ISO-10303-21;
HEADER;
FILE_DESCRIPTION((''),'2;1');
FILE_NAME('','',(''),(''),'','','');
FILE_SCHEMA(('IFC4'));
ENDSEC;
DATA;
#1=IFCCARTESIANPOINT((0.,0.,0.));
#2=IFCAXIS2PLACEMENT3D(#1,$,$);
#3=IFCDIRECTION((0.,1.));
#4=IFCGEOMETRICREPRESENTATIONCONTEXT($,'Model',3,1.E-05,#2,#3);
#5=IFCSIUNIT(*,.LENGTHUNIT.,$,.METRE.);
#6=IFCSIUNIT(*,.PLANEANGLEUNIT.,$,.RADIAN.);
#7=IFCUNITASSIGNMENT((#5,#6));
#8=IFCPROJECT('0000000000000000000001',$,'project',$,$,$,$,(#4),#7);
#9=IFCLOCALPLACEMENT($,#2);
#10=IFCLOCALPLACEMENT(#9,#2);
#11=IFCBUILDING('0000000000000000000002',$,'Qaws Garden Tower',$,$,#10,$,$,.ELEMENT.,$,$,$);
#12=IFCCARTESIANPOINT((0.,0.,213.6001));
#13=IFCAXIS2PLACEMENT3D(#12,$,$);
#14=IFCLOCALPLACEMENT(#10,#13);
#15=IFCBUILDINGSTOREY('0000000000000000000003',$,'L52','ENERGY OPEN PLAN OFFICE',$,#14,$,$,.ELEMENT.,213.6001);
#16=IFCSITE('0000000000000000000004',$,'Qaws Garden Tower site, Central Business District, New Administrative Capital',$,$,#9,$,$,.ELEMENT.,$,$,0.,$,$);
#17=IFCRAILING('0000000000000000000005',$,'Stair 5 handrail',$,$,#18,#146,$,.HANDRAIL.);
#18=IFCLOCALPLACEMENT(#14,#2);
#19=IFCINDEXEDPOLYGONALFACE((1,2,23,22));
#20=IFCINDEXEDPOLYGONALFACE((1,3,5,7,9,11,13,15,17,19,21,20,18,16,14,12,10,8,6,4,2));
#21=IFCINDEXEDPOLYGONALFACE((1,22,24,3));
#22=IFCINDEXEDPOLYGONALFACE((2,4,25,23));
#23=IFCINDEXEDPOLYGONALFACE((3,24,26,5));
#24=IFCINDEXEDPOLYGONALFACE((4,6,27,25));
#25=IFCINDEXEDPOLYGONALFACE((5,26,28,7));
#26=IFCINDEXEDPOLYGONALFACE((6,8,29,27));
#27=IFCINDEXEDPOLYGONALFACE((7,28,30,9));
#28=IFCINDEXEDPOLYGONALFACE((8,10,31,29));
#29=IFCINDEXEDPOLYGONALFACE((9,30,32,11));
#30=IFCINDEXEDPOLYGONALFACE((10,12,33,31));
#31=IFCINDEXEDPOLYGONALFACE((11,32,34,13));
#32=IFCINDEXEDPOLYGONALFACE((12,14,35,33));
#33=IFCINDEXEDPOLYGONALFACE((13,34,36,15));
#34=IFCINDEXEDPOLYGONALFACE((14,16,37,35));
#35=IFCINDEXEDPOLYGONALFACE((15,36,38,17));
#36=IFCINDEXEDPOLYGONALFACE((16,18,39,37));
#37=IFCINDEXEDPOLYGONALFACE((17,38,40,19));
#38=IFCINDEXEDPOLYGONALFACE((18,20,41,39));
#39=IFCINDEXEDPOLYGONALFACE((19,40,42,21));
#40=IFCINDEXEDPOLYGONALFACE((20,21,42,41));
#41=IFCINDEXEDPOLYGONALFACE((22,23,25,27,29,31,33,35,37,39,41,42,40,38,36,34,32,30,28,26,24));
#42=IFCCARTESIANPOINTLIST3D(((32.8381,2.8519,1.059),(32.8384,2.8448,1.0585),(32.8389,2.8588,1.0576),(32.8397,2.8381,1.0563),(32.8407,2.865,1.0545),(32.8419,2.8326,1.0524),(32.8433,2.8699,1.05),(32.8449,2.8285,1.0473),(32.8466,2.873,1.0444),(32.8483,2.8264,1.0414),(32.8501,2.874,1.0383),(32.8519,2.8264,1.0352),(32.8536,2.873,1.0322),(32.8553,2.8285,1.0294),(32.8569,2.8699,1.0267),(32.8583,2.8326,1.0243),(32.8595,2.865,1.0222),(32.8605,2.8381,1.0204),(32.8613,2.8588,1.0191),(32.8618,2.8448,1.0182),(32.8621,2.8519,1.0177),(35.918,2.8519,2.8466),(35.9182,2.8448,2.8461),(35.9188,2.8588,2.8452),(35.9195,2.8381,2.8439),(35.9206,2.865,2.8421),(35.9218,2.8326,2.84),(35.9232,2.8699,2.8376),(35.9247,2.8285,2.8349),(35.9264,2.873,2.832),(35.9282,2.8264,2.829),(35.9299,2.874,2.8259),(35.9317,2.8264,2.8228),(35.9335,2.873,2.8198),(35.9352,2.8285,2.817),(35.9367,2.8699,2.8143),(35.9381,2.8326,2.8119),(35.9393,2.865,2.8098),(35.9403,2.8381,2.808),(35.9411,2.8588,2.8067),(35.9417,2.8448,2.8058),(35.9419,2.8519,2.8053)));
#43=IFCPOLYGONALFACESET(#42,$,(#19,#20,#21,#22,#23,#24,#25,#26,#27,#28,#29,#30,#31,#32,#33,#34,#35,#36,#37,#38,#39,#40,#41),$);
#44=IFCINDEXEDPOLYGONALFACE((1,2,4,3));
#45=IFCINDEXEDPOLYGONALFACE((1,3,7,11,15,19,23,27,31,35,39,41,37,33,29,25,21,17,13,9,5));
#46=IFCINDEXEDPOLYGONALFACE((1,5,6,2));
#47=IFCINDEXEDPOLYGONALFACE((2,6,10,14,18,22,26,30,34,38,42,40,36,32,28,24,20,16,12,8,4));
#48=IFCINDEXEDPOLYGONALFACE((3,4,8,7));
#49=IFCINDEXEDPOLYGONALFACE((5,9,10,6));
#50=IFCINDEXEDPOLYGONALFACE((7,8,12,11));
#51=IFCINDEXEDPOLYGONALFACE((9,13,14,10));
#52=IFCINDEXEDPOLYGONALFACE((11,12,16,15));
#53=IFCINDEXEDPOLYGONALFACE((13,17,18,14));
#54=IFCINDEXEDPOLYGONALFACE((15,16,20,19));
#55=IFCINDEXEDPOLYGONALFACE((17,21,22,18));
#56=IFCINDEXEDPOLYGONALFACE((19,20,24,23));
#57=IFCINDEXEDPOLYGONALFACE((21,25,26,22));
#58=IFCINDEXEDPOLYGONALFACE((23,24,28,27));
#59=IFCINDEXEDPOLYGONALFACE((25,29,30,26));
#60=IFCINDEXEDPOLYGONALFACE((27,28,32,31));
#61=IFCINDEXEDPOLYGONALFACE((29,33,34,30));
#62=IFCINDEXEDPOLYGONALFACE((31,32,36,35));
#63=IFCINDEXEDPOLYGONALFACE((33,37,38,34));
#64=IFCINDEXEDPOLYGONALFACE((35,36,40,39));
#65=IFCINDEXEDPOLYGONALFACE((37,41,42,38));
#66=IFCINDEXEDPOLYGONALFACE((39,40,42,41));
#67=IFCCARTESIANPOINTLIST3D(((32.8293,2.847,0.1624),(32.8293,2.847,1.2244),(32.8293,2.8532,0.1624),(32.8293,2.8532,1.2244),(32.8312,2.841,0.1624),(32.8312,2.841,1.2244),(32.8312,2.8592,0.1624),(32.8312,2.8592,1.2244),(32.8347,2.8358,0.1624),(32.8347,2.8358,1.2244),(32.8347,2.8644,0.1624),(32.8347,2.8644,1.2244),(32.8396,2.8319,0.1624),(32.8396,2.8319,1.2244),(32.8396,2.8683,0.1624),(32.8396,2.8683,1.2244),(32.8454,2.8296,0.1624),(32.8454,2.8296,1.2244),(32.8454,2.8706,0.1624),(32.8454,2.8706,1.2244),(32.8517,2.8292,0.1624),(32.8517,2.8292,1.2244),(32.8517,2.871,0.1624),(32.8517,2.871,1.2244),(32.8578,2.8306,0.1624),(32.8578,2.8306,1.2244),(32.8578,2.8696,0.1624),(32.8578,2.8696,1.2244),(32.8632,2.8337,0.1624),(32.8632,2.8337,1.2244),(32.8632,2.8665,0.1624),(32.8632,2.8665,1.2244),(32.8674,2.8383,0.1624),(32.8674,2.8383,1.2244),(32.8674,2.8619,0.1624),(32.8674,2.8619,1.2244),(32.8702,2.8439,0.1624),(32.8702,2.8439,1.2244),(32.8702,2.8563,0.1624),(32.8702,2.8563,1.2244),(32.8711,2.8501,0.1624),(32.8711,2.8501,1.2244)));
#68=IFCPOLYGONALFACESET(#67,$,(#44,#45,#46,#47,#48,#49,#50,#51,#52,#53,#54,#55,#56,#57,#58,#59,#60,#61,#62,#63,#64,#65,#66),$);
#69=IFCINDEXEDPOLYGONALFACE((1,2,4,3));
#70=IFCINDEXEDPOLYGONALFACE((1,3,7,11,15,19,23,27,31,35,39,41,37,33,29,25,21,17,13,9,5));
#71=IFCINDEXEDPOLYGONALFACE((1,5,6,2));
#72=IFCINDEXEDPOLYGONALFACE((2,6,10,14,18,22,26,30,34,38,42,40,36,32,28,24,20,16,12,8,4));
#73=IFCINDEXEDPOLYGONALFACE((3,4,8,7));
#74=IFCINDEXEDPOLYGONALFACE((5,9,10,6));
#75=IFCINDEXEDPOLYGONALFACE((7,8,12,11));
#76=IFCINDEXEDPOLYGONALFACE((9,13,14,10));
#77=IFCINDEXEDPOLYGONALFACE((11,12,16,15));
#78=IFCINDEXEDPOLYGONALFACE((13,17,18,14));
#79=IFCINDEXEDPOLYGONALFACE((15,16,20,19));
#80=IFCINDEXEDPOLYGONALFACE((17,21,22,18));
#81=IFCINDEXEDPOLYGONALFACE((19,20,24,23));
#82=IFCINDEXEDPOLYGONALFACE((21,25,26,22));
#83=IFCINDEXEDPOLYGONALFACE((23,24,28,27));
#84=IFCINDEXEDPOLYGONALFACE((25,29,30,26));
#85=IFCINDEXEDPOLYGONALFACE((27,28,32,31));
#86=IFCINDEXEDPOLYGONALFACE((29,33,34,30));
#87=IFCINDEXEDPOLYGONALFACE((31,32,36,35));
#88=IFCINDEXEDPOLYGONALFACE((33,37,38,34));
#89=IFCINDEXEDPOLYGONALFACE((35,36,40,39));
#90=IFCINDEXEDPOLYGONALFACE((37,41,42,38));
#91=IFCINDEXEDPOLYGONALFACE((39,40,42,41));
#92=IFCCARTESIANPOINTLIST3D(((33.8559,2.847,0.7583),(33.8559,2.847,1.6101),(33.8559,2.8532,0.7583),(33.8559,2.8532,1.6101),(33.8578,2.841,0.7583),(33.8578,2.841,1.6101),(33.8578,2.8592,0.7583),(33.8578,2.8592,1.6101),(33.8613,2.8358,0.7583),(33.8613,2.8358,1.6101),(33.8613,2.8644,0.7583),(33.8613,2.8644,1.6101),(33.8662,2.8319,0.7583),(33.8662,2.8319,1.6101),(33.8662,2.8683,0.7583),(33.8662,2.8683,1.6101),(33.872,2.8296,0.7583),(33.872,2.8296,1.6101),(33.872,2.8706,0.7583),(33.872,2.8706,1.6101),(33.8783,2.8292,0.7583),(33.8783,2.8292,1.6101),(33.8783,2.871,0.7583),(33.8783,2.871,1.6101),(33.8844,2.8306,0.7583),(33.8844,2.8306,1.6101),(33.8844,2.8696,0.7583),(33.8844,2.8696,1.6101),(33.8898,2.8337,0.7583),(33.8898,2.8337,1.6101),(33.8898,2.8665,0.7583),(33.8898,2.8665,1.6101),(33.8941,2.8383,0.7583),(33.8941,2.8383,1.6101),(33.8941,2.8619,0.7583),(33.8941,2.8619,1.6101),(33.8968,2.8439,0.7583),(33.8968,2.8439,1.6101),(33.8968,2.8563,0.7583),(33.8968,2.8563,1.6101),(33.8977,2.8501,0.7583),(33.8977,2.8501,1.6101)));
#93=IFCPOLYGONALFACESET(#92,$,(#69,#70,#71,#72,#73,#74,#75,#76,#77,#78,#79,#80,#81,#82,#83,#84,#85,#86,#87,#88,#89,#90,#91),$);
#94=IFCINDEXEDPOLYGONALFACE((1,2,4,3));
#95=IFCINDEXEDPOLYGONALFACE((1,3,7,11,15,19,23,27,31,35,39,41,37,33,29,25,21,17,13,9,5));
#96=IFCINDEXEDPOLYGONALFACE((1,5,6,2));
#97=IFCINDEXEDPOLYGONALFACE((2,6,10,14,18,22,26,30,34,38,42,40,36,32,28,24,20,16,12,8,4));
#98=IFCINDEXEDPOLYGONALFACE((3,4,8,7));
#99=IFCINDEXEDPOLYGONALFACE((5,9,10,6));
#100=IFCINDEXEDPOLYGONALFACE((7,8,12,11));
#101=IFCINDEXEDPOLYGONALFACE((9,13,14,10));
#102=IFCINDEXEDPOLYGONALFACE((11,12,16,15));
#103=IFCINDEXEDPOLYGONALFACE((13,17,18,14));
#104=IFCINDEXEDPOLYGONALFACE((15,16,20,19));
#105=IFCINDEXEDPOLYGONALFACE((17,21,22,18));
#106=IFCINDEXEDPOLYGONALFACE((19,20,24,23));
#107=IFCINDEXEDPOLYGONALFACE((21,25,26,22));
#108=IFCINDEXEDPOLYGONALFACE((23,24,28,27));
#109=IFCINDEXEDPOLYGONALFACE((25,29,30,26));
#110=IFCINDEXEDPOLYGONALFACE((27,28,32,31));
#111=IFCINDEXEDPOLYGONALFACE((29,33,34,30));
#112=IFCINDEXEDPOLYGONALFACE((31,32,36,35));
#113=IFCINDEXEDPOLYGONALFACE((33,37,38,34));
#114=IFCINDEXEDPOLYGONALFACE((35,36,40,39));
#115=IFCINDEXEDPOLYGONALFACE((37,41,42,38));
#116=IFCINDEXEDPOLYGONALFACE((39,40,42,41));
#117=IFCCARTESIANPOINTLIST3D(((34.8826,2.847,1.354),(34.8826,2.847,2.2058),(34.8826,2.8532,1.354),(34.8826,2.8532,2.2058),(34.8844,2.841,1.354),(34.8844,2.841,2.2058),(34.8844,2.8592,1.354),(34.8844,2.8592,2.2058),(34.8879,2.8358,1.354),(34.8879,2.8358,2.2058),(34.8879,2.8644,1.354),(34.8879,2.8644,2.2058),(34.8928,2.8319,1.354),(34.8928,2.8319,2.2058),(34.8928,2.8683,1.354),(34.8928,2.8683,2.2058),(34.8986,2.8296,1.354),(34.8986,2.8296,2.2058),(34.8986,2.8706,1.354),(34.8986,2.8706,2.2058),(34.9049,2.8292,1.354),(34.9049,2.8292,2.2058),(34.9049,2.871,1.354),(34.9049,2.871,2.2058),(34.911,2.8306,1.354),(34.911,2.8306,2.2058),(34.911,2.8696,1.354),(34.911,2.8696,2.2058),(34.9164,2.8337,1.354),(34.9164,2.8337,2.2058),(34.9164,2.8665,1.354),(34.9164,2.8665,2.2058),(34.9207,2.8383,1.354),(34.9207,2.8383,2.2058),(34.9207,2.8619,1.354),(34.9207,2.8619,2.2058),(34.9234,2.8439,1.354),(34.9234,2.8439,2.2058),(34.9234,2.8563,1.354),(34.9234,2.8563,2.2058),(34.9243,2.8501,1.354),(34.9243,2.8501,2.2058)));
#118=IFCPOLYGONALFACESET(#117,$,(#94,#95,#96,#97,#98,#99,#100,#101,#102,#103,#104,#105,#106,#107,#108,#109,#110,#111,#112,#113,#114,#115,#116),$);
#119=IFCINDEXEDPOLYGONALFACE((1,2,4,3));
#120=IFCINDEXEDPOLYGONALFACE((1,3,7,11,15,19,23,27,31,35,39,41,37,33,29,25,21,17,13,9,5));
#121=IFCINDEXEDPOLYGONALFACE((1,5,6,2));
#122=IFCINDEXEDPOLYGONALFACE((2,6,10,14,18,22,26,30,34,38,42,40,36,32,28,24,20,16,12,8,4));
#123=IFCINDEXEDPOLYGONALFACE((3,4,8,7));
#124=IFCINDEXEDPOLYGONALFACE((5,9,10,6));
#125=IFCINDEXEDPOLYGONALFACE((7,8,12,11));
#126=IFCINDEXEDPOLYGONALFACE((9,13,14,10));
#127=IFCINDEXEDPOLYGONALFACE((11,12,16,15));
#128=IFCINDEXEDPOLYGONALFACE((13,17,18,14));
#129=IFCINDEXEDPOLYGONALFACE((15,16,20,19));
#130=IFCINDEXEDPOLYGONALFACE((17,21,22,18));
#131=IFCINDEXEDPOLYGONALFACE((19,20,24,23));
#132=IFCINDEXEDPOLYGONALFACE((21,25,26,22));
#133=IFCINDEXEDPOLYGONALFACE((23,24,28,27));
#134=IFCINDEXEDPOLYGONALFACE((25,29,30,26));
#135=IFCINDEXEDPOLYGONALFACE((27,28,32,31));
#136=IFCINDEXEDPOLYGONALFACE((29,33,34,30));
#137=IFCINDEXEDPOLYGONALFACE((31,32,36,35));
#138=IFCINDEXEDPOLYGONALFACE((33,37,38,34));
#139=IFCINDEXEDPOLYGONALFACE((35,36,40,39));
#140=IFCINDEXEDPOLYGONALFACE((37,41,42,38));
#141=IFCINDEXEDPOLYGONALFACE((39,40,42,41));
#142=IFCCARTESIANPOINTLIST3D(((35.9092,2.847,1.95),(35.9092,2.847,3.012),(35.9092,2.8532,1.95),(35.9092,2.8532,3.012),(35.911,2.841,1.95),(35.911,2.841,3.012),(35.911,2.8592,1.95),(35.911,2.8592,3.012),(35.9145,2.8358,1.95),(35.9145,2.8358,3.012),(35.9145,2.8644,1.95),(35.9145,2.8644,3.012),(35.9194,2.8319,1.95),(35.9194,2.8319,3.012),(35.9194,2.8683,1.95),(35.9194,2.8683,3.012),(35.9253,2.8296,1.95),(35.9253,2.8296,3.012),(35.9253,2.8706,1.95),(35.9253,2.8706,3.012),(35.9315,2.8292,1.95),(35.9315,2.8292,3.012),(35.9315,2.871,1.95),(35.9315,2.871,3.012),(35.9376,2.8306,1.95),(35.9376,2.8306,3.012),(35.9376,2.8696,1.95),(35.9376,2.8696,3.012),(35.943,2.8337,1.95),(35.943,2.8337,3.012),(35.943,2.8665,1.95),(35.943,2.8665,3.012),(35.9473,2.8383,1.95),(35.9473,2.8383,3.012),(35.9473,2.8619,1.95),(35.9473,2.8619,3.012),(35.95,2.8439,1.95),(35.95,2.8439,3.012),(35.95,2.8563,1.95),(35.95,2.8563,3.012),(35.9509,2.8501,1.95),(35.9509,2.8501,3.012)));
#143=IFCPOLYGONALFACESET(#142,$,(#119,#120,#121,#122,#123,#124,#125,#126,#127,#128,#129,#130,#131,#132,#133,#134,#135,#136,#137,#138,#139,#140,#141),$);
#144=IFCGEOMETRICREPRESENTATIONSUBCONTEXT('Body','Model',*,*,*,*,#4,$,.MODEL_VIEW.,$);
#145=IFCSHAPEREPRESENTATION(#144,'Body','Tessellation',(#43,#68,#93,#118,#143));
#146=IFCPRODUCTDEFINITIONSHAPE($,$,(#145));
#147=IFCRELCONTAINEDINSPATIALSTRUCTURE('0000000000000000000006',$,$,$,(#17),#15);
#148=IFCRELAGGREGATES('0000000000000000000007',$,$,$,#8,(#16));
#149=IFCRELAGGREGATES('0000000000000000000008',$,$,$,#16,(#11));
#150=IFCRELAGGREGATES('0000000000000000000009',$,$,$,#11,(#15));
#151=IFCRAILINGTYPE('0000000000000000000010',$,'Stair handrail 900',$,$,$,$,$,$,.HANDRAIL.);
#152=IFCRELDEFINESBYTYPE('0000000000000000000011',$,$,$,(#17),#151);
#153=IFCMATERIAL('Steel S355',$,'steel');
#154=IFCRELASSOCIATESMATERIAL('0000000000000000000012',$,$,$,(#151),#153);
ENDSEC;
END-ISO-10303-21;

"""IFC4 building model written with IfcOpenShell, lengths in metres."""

from ifc_helpers import new_model, si_unit, direction, frame, origin, origin_2d, place, context, subcontext, project, spatial, circle, extrude, material, type_object, element, save


model = new_model("IFC4")

# Units and contexts
model_context = context("Model", 3, precision=1e-05, world=origin(), true_north=direction((0.0, 1.0)))
body_context = subcontext(model_context, "Body", "Model", "MODEL_VIEW")
ifc_project = project(units=[si_unit("LENGTHUNIT", "METRE"), si_unit("PLANEANGLEUNIT", "RADIAN")], contexts=[model_context])

# Site, building, storey
site_placement = place(None, origin())
site = spatial("IfcSite", under=ifc_project, at=site_placement, Name="Qaws Garden Tower site, Central Business District, New Administrative Capital", CompositionType="ELEMENT", RefElevation=0.0)
building_placement = place(site_placement, origin())
building = spatial("IfcBuilding", under=site, at=building_placement, Name="Qaws Garden Tower", CompositionType="ELEMENT")
storey_placement = place(building_placement, frame((0.0, 0.0, 213.6001)))
storey = spatial("IfcBuildingStorey", under=building, at=storey_placement, Name="L52", Description="ENERGY OPEN PLAN OFFICE", CompositionType="ELEMENT", Elevation=213.6001)

# Railing
ifc_material_1 = material(Name="Steel S355", Category="steel")
railing_type = type_object("IfcRailingType", Name="Stair handrail 900", PredefinedType="HANDRAIL", material=ifc_material_1)
railing_1_placement = place(storey_placement, frame((32.8501, 2.8501, 0.1624)))
element("IfcRailing", 1, at=railing_1_placement, inside=storey, type_object=railing_type, Name="Stair 5 handrail", PredefinedType="HANDRAIL", context=body_context, shape_type="SweptSolid", body=[
    extrude(circle(Radius=0.0239, at=origin_2d()), frame((0.0, 0.0, 0.876), z_axis=(0.864873, 0.0, 0.50199), x_axis=(0.0, 1.0, 0.0)), (0.0, 0.0, 1.0), 3.561),
    extrude(circle(Radius=0.021, at=origin_2d()), origin(), (0.0, 0.0, 1.0), 1.062),
    extrude(circle(Radius=0.021, at=origin_2d()), frame((1.0266, 0.0, 0.5959)), (0.0, 0.0, 1.0), 0.8518),
    extrude(circle(Radius=0.021, at=origin_2d()), frame((2.0532, 0.0, 1.1917)), (0.0, 0.0, 1.0), 0.8518),
    extrude(circle(Radius=0.021, at=origin_2d()), frame((3.0798, 0.0, 1.7876)), (0.0, 0.0, 1.0), 1.062),
])

save(model, "model.ifc")
